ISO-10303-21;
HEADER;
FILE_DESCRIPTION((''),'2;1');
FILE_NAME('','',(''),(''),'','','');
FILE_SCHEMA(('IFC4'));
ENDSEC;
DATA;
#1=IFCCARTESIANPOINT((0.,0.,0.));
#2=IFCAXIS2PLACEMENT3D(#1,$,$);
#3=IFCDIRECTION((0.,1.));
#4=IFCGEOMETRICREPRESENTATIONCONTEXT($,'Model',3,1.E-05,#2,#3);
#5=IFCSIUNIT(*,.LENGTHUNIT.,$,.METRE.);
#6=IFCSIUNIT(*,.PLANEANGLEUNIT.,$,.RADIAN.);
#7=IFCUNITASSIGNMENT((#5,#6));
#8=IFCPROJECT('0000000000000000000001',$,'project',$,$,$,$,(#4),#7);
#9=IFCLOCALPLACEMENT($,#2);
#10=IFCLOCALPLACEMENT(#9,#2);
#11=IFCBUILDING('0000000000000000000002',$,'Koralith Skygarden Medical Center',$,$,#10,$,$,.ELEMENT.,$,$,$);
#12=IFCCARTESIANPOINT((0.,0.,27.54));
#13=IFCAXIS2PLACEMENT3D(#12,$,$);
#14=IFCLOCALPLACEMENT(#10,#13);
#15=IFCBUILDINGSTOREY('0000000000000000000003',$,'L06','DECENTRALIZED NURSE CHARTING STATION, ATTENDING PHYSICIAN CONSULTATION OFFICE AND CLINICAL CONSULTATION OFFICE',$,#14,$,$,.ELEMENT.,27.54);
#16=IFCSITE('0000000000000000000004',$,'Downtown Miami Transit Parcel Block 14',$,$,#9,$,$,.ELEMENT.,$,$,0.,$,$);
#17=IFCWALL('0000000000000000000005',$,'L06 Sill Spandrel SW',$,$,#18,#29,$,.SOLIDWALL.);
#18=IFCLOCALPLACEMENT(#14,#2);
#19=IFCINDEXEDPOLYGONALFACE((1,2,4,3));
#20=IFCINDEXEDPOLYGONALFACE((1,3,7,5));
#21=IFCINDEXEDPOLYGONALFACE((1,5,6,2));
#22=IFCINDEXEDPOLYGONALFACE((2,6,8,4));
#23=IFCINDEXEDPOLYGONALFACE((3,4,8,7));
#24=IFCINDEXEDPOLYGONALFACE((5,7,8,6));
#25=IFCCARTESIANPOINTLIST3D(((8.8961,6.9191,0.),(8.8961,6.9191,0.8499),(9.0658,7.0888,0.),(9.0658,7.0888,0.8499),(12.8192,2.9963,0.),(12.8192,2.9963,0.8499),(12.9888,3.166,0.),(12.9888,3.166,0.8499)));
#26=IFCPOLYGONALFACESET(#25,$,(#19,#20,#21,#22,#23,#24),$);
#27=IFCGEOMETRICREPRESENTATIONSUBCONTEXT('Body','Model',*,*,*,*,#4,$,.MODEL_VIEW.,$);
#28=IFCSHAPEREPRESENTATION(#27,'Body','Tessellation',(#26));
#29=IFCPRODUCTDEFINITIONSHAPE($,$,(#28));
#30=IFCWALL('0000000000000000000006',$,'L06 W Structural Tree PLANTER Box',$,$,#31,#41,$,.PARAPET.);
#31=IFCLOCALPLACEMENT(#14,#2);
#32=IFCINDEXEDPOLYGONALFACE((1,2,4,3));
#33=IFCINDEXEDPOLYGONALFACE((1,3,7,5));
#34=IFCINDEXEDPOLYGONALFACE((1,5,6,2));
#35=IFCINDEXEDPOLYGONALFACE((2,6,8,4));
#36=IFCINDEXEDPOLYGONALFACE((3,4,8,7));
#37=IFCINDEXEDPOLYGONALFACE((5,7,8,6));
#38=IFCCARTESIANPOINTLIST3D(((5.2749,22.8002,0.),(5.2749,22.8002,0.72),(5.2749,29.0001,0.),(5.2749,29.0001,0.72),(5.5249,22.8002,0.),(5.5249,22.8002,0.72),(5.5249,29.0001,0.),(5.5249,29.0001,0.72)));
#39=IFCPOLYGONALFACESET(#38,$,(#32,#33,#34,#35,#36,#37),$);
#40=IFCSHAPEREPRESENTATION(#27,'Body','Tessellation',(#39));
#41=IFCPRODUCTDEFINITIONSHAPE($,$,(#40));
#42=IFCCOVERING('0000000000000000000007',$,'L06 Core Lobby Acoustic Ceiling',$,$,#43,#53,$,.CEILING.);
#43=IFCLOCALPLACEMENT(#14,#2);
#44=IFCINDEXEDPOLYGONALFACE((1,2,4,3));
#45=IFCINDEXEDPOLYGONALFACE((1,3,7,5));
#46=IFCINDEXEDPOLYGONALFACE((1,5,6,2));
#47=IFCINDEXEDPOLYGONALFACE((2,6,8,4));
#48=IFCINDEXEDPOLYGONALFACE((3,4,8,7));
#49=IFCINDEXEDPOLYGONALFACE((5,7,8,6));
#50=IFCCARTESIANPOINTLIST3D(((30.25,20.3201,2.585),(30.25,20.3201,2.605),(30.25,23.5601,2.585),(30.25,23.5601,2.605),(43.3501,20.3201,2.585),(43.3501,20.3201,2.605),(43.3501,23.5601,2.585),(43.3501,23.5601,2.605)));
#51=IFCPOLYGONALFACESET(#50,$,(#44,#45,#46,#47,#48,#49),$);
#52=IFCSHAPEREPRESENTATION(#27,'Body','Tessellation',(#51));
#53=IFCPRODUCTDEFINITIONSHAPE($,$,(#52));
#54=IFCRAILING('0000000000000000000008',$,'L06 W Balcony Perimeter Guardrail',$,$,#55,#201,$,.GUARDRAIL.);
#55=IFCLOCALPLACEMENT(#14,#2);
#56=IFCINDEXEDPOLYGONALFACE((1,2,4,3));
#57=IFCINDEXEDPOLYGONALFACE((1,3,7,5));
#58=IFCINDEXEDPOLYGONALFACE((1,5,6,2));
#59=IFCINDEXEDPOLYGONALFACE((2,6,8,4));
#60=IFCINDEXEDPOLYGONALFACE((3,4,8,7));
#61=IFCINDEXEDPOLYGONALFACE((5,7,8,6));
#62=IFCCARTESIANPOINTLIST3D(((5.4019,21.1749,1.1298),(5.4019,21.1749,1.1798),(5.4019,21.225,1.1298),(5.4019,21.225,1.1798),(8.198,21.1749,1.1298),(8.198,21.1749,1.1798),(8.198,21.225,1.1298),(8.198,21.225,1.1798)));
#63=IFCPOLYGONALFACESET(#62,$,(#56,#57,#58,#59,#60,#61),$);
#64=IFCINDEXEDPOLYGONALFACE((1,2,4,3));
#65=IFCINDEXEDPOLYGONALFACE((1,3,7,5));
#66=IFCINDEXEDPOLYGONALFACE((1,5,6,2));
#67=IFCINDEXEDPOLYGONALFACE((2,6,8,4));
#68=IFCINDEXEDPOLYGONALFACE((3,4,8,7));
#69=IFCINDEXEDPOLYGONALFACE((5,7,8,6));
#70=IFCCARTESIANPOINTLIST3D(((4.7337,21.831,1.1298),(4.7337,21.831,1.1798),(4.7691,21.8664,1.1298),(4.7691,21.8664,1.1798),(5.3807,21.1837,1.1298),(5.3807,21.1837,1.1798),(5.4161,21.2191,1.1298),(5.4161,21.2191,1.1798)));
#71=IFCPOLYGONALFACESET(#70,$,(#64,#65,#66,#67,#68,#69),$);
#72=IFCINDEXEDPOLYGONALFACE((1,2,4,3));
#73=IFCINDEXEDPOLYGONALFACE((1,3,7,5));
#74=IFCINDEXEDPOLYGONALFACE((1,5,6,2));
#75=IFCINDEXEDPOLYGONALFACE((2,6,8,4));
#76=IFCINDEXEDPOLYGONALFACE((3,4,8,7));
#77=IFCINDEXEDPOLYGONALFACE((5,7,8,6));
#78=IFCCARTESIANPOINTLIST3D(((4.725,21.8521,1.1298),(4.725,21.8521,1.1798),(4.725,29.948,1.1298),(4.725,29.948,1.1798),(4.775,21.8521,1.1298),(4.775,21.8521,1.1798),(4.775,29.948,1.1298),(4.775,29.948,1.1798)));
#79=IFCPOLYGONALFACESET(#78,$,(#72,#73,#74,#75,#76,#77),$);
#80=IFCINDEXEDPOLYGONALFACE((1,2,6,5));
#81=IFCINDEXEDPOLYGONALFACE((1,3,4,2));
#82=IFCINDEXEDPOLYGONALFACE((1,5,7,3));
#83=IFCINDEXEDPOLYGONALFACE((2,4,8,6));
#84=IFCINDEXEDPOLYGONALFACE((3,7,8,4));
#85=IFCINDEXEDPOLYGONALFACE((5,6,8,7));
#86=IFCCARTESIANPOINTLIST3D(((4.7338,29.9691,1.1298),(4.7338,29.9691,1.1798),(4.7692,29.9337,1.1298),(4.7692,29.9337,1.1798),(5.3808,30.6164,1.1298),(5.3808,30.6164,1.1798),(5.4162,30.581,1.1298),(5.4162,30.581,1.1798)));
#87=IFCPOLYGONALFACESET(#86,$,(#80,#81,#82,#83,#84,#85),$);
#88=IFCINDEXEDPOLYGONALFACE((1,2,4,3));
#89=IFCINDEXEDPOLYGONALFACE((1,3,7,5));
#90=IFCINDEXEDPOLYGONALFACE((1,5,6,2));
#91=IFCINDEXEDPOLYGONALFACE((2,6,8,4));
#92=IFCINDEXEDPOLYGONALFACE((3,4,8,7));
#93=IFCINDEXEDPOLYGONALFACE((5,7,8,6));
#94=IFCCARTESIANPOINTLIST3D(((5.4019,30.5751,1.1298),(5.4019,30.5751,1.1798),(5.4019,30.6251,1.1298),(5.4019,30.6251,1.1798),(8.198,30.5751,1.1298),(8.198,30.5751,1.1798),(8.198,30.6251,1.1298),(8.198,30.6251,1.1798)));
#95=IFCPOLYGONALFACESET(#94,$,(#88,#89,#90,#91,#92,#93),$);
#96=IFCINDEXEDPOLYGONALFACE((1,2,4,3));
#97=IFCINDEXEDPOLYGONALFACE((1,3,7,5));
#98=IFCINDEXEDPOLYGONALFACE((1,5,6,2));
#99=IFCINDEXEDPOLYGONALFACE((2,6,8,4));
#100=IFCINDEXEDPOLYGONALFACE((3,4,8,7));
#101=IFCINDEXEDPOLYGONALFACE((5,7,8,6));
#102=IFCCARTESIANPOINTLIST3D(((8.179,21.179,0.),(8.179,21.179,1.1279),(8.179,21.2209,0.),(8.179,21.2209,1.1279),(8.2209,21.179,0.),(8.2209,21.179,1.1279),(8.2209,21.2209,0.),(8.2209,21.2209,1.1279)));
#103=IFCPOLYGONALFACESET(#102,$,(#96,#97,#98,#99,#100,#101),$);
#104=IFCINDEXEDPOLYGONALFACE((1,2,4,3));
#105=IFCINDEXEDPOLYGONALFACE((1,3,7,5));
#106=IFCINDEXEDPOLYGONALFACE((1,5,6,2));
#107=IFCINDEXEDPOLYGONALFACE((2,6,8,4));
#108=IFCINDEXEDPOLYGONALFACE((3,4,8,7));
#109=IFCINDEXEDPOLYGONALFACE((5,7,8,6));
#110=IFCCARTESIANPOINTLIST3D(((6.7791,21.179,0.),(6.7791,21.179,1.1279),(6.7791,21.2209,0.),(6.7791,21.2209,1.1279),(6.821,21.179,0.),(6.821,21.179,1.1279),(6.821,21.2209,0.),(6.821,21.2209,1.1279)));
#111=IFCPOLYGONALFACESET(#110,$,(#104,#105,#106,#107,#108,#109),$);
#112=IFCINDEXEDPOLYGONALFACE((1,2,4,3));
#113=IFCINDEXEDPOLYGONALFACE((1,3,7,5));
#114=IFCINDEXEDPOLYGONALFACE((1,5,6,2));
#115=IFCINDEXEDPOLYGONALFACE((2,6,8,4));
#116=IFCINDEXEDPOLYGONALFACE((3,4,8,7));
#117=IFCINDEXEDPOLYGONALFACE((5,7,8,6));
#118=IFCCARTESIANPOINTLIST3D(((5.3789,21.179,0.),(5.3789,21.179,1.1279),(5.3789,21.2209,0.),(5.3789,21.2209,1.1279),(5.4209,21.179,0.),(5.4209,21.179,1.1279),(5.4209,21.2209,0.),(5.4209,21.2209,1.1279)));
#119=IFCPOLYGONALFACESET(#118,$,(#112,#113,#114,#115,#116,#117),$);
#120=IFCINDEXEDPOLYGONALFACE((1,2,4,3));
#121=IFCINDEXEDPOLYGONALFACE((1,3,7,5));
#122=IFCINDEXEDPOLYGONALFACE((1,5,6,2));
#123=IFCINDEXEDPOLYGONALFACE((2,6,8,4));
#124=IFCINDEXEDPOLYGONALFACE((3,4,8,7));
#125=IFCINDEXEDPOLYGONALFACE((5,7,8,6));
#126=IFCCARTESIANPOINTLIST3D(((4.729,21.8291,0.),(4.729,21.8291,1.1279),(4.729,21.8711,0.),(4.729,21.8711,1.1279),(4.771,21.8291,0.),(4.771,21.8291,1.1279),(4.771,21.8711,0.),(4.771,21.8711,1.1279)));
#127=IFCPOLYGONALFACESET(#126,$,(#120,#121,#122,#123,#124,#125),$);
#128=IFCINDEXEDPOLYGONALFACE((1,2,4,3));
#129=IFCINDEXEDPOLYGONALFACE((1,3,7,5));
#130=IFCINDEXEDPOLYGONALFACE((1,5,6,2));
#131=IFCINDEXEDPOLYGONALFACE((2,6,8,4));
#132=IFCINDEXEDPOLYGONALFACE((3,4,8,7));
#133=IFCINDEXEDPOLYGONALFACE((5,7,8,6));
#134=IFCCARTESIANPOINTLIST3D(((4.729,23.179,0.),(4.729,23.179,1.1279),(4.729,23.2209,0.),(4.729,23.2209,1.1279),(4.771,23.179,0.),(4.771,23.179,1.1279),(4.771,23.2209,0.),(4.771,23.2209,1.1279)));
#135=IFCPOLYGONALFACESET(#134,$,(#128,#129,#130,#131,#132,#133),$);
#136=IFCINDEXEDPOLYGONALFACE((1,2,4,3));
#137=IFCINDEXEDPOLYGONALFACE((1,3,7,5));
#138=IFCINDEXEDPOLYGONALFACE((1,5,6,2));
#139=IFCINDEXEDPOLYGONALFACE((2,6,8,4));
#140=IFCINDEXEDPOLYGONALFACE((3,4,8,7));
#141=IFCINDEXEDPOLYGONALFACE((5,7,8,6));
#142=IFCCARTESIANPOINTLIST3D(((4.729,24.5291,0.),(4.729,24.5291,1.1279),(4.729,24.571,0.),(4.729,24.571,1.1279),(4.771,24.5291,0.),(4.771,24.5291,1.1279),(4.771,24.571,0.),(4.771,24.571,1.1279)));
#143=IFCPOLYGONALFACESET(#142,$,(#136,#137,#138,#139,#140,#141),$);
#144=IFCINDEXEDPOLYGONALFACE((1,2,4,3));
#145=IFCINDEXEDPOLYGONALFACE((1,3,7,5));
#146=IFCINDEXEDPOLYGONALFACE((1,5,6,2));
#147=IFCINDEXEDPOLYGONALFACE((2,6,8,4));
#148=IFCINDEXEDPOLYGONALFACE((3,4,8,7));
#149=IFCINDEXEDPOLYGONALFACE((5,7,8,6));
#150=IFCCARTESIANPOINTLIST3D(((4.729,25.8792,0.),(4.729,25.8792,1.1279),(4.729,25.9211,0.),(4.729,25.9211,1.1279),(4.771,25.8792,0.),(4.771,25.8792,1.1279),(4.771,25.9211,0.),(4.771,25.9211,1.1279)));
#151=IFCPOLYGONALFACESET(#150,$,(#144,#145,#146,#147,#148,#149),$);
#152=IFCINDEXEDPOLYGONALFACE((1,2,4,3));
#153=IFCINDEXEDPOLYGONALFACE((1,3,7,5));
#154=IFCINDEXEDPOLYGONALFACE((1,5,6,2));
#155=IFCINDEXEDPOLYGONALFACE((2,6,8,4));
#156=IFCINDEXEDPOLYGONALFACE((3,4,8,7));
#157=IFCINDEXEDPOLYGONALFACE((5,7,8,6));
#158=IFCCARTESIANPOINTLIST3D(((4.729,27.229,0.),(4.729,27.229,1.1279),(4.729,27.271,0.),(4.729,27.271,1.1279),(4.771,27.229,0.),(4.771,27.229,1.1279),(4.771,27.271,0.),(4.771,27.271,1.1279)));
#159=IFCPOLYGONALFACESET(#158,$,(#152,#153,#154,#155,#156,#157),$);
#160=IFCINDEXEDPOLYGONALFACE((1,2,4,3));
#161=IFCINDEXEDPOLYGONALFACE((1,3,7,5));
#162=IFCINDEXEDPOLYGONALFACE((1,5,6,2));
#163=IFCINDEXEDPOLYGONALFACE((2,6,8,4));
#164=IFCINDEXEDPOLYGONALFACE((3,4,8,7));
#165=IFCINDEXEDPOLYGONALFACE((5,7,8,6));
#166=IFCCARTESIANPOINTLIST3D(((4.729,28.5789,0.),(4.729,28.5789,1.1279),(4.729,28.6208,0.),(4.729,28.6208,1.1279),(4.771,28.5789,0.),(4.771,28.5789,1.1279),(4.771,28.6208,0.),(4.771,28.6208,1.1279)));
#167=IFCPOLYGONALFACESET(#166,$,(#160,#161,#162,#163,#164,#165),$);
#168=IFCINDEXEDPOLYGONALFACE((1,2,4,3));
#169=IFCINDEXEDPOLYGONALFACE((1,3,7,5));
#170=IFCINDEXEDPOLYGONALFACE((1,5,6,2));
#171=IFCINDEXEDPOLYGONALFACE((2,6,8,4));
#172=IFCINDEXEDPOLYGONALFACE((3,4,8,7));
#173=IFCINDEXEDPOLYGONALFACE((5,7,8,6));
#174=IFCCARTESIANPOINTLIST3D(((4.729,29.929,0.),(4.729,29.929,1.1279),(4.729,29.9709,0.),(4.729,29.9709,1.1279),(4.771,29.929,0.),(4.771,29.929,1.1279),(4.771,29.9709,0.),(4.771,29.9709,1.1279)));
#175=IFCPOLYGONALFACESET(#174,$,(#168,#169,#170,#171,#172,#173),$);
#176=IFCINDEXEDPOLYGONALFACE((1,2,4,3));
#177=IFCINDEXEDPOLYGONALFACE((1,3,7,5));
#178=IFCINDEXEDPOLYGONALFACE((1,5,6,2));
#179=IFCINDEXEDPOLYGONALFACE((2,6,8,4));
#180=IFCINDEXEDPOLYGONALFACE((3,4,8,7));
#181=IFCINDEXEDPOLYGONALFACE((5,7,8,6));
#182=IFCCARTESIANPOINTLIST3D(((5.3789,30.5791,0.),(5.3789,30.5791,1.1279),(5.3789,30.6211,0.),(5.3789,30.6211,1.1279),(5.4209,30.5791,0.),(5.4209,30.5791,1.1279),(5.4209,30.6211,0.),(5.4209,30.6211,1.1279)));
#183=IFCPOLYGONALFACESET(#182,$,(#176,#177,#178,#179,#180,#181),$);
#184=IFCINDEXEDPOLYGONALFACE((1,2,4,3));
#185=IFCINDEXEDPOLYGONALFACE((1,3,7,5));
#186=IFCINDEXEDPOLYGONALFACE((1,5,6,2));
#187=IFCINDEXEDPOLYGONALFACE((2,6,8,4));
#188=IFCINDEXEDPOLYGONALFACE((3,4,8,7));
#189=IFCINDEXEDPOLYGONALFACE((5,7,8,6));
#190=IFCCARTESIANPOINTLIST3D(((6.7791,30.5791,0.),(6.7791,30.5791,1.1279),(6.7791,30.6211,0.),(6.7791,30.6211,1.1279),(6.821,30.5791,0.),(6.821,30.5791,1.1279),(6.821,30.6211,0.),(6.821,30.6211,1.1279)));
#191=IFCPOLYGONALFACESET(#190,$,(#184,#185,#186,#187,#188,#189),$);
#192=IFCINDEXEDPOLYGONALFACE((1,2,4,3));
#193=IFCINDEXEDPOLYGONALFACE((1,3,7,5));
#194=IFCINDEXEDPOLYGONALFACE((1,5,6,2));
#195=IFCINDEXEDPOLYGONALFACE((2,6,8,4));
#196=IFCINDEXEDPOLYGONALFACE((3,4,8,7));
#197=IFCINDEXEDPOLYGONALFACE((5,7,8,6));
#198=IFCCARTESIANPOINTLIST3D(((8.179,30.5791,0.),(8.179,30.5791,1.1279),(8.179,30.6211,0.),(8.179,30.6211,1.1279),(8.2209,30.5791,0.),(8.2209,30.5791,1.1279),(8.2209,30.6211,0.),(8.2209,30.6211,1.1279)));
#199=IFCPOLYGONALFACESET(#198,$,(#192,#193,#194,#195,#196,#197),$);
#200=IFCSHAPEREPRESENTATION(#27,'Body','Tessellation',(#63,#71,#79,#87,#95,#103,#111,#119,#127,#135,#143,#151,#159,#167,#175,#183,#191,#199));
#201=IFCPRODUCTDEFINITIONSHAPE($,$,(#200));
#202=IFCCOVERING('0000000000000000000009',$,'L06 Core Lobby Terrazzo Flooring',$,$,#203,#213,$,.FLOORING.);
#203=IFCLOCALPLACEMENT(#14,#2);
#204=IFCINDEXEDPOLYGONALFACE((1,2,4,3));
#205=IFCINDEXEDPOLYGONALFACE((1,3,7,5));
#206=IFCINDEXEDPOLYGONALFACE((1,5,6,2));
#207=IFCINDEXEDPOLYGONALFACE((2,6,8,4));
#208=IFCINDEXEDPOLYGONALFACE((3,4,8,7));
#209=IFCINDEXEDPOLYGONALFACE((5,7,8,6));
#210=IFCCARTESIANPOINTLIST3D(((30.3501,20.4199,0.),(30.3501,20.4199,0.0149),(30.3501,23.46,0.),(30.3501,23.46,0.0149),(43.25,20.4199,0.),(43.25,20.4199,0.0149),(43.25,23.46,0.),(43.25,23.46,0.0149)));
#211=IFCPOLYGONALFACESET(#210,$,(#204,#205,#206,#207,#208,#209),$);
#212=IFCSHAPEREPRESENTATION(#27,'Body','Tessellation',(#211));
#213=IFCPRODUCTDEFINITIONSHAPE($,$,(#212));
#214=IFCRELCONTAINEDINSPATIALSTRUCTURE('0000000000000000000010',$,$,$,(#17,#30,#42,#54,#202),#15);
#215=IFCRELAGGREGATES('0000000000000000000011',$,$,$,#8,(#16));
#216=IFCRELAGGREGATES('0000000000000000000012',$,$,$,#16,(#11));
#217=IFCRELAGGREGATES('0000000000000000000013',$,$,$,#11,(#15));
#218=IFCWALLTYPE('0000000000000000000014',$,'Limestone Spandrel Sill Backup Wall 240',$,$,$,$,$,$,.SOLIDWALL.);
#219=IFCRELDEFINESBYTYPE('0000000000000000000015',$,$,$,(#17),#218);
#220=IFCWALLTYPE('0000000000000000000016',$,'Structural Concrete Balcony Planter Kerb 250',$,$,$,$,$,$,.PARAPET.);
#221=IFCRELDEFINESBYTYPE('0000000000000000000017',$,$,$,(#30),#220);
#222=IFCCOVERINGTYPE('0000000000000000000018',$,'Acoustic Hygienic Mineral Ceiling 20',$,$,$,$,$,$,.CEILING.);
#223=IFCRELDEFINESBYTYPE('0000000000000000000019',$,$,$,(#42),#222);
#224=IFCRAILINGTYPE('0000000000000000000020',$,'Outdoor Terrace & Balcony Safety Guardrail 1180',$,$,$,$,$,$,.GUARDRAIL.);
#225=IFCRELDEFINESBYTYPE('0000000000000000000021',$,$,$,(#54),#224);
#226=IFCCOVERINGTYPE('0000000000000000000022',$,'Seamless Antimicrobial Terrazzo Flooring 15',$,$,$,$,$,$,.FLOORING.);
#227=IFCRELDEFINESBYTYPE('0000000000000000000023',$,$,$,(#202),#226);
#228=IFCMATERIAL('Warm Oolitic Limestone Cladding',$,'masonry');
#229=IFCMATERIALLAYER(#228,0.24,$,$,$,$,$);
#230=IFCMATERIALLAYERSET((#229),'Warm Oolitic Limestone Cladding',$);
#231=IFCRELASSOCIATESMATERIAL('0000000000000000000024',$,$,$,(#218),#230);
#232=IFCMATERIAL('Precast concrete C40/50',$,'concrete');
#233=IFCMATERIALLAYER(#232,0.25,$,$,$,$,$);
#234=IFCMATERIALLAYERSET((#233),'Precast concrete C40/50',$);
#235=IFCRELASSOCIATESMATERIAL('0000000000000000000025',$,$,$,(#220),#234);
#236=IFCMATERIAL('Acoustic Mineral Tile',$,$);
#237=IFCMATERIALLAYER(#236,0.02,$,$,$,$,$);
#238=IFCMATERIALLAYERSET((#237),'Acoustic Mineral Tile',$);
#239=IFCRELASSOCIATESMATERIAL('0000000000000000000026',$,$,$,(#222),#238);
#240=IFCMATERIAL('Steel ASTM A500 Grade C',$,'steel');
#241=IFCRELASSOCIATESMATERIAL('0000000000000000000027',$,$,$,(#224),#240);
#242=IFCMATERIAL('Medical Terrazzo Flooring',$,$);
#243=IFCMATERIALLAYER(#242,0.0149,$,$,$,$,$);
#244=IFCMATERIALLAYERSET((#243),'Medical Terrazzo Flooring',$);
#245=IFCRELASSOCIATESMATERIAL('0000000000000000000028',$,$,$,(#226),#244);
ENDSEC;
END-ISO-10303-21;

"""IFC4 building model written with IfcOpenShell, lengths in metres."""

from ifc_helpers import new_model, si_unit, direction, frame, frame_2d, origin, origin_2d, place, context, subcontext, project, spatial, polyline, rectangle, outline, extrude, material, layer, layer_set, type_object, element, save


model = new_model("IFC4")

# Units and contexts
model_context = context("Model", 3, precision=1e-05, world=origin(), true_north=direction((0.0, 1.0)))
body_context = subcontext(model_context, "Body", "Model", "MODEL_VIEW")
ifc_project = project(units=[si_unit("LENGTHUNIT", "METRE"), si_unit("PLANEANGLEUNIT", "RADIAN")], contexts=[model_context])

# Site, building, storey
site_placement = place(None, origin())
site = spatial("IfcSite", under=ifc_project, at=site_placement, Name="Downtown Miami Transit Parcel Block 14", CompositionType="ELEMENT", RefElevation=0.0)
building_placement = place(site_placement, origin())
building = spatial("IfcBuilding", under=site, at=building_placement, Name="Koralith Skygarden Medical Center", CompositionType="ELEMENT")
storey_placement = place(building_placement, frame((0.0, 0.0, 27.54)))
storey = spatial("IfcBuildingStorey", under=building, at=storey_placement, Name="L06", Description="DECENTRALIZED NURSE CHARTING STATION, ATTENDING PHYSICIAN CONSULTATION OFFICE AND CLINICAL CONSULTATION OFFICE", CompositionType="ELEMENT", Elevation=27.54)

# Shared definitions
ifc_material_1 = material(Name="Warm Oolitic Limestone Cladding", Category="masonry")

# Walls
ifc_layer_1 = layer(ifc_material_1, 0.24)
ifc_layer_set_1 = layer_set([ifc_layer_1], Name="Warm Oolitic Limestone Cladding")
wall_type_1 = type_object("IfcWallType", Name="Limestone Spandrel Sill Backup Wall 240", PredefinedType="SOLIDWALL", material=ifc_layer_set_1)
wall_1_placement = place(storey_placement, frame((8.981, 7.0039, 0.0), z_axis=(0.0, 0.0, 1.0), x_axis=(0.707129, -0.707085, 0.0)))
element("IfcWall", 1, at=wall_1_placement, inside=storey, type_object=wall_type_1, Name="L06 Sill Spandrel SW", PredefinedType="SOLIDWALL", context=body_context, shape_type="SweptSolid", body=[
    extrude(rectangle(XDim=5.5479, YDim=0.24, at=frame_2d((2.7739, 0.0))), origin(), (0.0, 0.0, 1.0), 0.8499),
])
ifc_material_2 = material(Name="Precast concrete C40/50", Category="concrete")
ifc_layer_2 = layer(ifc_material_2, 0.25)
ifc_layer_set_2 = layer_set([ifc_layer_2], Name="Precast concrete C40/50")
wall_type_2 = type_object("IfcWallType", Name="Structural Concrete Balcony Planter Kerb 250", PredefinedType="PARAPET", material=ifc_layer_set_2)
wall_2_placement = place(storey_placement, frame((5.3999, 22.8, 0.0), z_axis=(0.0, 0.0, 1.0), x_axis=(0.0, 1.0, 0.0)))
element("IfcWall", 2, at=wall_2_placement, inside=storey, type_object=wall_type_2, Name="L06 W Structural Tree PLANTER Box", PredefinedType="PARAPET", context=body_context, shape_type="SweptSolid", body=[
    extrude(rectangle(XDim=6.2, YDim=0.25, at=frame_2d((3.1001, 0.0))), origin(), (0.0, 0.0, 1.0), 0.72),
])

# Covering
ifc_material_3 = material(Name="Acoustic Mineral Tile")
ifc_layer_3 = layer(ifc_material_3, 0.02)
ifc_layer_set_3 = layer_set([ifc_layer_3], Name="Acoustic Mineral Tile")
covering_type_1 = type_object("IfcCoveringType", Name="Acoustic Hygienic Mineral Ceiling 20", PredefinedType="CEILING", material=ifc_layer_set_3)
covering_1_placement = place(storey_placement, frame((0.0, 0.0, 2.585)))
element("IfcCovering", 3, at=covering_1_placement, inside=storey, type_object=covering_type_1, Name="L06 Core Lobby Acoustic Ceiling", PredefinedType="CEILING", context=body_context, shape_type="SweptSolid", body=[
    extrude(outline(polyline([(30.25, 20.3201), (43.3501, 20.3201), (43.3501, 23.5601), (30.25, 23.5601), (30.25, 20.3201)])), origin(), (0.0, 0.0, 1.0), 0.02),
])

# Railing
ifc_material_4 = material(Name="Steel ASTM A500 Grade C", Category="steel")
railing_type = type_object("IfcRailingType", Name="Outdoor Terrace & Balcony Safety Guardrail 1180", PredefinedType="GUARDRAIL", material=ifc_material_4)
railing_placement = place(storey_placement, frame((8.2, 21.2, 0.0)))
element("IfcRailing", 4, at=railing_placement, inside=storey, type_object=railing_type, Name="L06 W Balcony Perimeter Guardrail", PredefinedType="GUARDRAIL", context=body_context, shape_type="SweptSolid", body=[
    extrude(rectangle(XDim=0.05, YDim=0.05, at=origin_2d()), frame((-0.002, 0.0, 1.1548), z_axis=(-1.0, 0.0, 0.0), x_axis=(0.0, -1.0, 0.0)), (0.0, 0.0, 1.0), 2.7961),
    extrude(rectangle(XDim=0.05, YDim=0.05, at=origin_2d()), frame((-2.8015, 0.0015, 1.1548), z_axis=(-0.706974, 0.70724, 0.0), x_axis=(-0.70724, -0.706974, 0.0)), (0.0, 0.0, 1.0), 0.9153),
    extrude(rectangle(XDim=0.05, YDim=0.05, at=origin_2d()), frame((-3.45, 0.6521, 1.1548), z_axis=(0.0, 1.0, 0.0), x_axis=(-1.0, 0.0, 0.0)), (0.0, 0.0, 1.0), 8.0959),
    extrude(rectangle(XDim=0.05, YDim=0.05, at=origin_2d()), frame((-3.4485, 8.7515, 1.1548), z_axis=(0.706974, 0.70724, 0.0), x_axis=(-0.70724, 0.706974, 0.0)), (0.0, 0.0, 1.0), 0.9153),
    extrude(rectangle(XDim=0.05, YDim=0.05, at=origin_2d()), frame((-2.7981, 9.4001, 1.1548), z_axis=(1.0, 0.0, 0.0), x_axis=(0.0, 1.0, 0.0)), (0.0, 0.0, 1.0), 2.7961),
    extrude(rectangle(XDim=0.042, YDim=0.042, at=origin_2d()), origin(), (0.0, 0.0, 1.0), 1.1279),
    extrude(rectangle(XDim=0.042, YDim=0.042, at=origin_2d()), frame((-1.3999, 0.0, 0.0)), (0.0, 0.0, 1.0), 1.1279),
    extrude(rectangle(XDim=0.042, YDim=0.042, at=origin_2d()), frame((-2.8, 0.0, 0.0)), (0.0, 0.0, 1.0), 1.1279),
    extrude(rectangle(XDim=0.042, YDim=0.042, at=origin_2d()), frame((-3.45, 0.6501, 0.0)), (0.0, 0.0, 1.0), 1.1279),
    extrude(rectangle(XDim=0.042, YDim=0.042, at=origin_2d()), frame((-3.45, 2.0, 0.0)), (0.0, 0.0, 1.0), 1.1279),
    extrude(rectangle(XDim=0.042, YDim=0.042, at=origin_2d()), frame((-3.45, 3.3501, 0.0)), (0.0, 0.0, 1.0), 1.1279),
    extrude(rectangle(XDim=0.042, YDim=0.042, at=origin_2d()), frame((-3.45, 4.7002, 0.0)), (0.0, 0.0, 1.0), 1.1279),
    extrude(rectangle(XDim=0.042, YDim=0.042, at=origin_2d()), frame((-3.45, 6.05, 0.0)), (0.0, 0.0, 1.0), 1.1279),
    extrude(rectangle(XDim=0.042, YDim=0.042, at=origin_2d()), frame((-3.45, 7.3999, 0.0)), (0.0, 0.0, 1.0), 1.1279),
    extrude(rectangle(XDim=0.042, YDim=0.042, at=origin_2d()), frame((-3.45, 8.75, 0.0)), (0.0, 0.0, 1.0), 1.1279),
    extrude(rectangle(XDim=0.042, YDim=0.042, at=origin_2d()), frame((-2.8, 9.4001, 0.0)), (0.0, 0.0, 1.0), 1.1279),
    extrude(rectangle(XDim=0.042, YDim=0.042, at=origin_2d()), frame((-1.3999, 9.4001, 0.0)), (0.0, 0.0, 1.0), 1.1279),
    extrude(rectangle(XDim=0.042, YDim=0.042, at=origin_2d()), frame((0.0, 9.4001, 0.0)), (0.0, 0.0, 1.0), 1.1279),
])

# Covering
ifc_material_5 = material(Name="Medical Terrazzo Flooring")
ifc_layer_4 = layer(ifc_material_5, 0.0149)
ifc_layer_set_4 = layer_set([ifc_layer_4], Name="Medical Terrazzo Flooring")
covering_type_2 = type_object("IfcCoveringType", Name="Seamless Antimicrobial Terrazzo Flooring 15", PredefinedType="FLOORING", material=ifc_layer_set_4)
covering_2_placement = place(storey_placement, origin())
element("IfcCovering", 5, at=covering_2_placement, inside=storey, type_object=covering_type_2, Name="L06 Core Lobby Terrazzo Flooring", PredefinedType="FLOORING", context=body_context, shape_type="SweptSolid", body=[
    extrude(outline(polyline([(30.3501, 20.4199), (43.25, 20.4199), (43.25, 23.46), (30.3501, 23.46), (30.3501, 20.4199)])), origin(), (0.0, 0.0, 1.0), 0.0149),
])

save(model, "model.ifc")
